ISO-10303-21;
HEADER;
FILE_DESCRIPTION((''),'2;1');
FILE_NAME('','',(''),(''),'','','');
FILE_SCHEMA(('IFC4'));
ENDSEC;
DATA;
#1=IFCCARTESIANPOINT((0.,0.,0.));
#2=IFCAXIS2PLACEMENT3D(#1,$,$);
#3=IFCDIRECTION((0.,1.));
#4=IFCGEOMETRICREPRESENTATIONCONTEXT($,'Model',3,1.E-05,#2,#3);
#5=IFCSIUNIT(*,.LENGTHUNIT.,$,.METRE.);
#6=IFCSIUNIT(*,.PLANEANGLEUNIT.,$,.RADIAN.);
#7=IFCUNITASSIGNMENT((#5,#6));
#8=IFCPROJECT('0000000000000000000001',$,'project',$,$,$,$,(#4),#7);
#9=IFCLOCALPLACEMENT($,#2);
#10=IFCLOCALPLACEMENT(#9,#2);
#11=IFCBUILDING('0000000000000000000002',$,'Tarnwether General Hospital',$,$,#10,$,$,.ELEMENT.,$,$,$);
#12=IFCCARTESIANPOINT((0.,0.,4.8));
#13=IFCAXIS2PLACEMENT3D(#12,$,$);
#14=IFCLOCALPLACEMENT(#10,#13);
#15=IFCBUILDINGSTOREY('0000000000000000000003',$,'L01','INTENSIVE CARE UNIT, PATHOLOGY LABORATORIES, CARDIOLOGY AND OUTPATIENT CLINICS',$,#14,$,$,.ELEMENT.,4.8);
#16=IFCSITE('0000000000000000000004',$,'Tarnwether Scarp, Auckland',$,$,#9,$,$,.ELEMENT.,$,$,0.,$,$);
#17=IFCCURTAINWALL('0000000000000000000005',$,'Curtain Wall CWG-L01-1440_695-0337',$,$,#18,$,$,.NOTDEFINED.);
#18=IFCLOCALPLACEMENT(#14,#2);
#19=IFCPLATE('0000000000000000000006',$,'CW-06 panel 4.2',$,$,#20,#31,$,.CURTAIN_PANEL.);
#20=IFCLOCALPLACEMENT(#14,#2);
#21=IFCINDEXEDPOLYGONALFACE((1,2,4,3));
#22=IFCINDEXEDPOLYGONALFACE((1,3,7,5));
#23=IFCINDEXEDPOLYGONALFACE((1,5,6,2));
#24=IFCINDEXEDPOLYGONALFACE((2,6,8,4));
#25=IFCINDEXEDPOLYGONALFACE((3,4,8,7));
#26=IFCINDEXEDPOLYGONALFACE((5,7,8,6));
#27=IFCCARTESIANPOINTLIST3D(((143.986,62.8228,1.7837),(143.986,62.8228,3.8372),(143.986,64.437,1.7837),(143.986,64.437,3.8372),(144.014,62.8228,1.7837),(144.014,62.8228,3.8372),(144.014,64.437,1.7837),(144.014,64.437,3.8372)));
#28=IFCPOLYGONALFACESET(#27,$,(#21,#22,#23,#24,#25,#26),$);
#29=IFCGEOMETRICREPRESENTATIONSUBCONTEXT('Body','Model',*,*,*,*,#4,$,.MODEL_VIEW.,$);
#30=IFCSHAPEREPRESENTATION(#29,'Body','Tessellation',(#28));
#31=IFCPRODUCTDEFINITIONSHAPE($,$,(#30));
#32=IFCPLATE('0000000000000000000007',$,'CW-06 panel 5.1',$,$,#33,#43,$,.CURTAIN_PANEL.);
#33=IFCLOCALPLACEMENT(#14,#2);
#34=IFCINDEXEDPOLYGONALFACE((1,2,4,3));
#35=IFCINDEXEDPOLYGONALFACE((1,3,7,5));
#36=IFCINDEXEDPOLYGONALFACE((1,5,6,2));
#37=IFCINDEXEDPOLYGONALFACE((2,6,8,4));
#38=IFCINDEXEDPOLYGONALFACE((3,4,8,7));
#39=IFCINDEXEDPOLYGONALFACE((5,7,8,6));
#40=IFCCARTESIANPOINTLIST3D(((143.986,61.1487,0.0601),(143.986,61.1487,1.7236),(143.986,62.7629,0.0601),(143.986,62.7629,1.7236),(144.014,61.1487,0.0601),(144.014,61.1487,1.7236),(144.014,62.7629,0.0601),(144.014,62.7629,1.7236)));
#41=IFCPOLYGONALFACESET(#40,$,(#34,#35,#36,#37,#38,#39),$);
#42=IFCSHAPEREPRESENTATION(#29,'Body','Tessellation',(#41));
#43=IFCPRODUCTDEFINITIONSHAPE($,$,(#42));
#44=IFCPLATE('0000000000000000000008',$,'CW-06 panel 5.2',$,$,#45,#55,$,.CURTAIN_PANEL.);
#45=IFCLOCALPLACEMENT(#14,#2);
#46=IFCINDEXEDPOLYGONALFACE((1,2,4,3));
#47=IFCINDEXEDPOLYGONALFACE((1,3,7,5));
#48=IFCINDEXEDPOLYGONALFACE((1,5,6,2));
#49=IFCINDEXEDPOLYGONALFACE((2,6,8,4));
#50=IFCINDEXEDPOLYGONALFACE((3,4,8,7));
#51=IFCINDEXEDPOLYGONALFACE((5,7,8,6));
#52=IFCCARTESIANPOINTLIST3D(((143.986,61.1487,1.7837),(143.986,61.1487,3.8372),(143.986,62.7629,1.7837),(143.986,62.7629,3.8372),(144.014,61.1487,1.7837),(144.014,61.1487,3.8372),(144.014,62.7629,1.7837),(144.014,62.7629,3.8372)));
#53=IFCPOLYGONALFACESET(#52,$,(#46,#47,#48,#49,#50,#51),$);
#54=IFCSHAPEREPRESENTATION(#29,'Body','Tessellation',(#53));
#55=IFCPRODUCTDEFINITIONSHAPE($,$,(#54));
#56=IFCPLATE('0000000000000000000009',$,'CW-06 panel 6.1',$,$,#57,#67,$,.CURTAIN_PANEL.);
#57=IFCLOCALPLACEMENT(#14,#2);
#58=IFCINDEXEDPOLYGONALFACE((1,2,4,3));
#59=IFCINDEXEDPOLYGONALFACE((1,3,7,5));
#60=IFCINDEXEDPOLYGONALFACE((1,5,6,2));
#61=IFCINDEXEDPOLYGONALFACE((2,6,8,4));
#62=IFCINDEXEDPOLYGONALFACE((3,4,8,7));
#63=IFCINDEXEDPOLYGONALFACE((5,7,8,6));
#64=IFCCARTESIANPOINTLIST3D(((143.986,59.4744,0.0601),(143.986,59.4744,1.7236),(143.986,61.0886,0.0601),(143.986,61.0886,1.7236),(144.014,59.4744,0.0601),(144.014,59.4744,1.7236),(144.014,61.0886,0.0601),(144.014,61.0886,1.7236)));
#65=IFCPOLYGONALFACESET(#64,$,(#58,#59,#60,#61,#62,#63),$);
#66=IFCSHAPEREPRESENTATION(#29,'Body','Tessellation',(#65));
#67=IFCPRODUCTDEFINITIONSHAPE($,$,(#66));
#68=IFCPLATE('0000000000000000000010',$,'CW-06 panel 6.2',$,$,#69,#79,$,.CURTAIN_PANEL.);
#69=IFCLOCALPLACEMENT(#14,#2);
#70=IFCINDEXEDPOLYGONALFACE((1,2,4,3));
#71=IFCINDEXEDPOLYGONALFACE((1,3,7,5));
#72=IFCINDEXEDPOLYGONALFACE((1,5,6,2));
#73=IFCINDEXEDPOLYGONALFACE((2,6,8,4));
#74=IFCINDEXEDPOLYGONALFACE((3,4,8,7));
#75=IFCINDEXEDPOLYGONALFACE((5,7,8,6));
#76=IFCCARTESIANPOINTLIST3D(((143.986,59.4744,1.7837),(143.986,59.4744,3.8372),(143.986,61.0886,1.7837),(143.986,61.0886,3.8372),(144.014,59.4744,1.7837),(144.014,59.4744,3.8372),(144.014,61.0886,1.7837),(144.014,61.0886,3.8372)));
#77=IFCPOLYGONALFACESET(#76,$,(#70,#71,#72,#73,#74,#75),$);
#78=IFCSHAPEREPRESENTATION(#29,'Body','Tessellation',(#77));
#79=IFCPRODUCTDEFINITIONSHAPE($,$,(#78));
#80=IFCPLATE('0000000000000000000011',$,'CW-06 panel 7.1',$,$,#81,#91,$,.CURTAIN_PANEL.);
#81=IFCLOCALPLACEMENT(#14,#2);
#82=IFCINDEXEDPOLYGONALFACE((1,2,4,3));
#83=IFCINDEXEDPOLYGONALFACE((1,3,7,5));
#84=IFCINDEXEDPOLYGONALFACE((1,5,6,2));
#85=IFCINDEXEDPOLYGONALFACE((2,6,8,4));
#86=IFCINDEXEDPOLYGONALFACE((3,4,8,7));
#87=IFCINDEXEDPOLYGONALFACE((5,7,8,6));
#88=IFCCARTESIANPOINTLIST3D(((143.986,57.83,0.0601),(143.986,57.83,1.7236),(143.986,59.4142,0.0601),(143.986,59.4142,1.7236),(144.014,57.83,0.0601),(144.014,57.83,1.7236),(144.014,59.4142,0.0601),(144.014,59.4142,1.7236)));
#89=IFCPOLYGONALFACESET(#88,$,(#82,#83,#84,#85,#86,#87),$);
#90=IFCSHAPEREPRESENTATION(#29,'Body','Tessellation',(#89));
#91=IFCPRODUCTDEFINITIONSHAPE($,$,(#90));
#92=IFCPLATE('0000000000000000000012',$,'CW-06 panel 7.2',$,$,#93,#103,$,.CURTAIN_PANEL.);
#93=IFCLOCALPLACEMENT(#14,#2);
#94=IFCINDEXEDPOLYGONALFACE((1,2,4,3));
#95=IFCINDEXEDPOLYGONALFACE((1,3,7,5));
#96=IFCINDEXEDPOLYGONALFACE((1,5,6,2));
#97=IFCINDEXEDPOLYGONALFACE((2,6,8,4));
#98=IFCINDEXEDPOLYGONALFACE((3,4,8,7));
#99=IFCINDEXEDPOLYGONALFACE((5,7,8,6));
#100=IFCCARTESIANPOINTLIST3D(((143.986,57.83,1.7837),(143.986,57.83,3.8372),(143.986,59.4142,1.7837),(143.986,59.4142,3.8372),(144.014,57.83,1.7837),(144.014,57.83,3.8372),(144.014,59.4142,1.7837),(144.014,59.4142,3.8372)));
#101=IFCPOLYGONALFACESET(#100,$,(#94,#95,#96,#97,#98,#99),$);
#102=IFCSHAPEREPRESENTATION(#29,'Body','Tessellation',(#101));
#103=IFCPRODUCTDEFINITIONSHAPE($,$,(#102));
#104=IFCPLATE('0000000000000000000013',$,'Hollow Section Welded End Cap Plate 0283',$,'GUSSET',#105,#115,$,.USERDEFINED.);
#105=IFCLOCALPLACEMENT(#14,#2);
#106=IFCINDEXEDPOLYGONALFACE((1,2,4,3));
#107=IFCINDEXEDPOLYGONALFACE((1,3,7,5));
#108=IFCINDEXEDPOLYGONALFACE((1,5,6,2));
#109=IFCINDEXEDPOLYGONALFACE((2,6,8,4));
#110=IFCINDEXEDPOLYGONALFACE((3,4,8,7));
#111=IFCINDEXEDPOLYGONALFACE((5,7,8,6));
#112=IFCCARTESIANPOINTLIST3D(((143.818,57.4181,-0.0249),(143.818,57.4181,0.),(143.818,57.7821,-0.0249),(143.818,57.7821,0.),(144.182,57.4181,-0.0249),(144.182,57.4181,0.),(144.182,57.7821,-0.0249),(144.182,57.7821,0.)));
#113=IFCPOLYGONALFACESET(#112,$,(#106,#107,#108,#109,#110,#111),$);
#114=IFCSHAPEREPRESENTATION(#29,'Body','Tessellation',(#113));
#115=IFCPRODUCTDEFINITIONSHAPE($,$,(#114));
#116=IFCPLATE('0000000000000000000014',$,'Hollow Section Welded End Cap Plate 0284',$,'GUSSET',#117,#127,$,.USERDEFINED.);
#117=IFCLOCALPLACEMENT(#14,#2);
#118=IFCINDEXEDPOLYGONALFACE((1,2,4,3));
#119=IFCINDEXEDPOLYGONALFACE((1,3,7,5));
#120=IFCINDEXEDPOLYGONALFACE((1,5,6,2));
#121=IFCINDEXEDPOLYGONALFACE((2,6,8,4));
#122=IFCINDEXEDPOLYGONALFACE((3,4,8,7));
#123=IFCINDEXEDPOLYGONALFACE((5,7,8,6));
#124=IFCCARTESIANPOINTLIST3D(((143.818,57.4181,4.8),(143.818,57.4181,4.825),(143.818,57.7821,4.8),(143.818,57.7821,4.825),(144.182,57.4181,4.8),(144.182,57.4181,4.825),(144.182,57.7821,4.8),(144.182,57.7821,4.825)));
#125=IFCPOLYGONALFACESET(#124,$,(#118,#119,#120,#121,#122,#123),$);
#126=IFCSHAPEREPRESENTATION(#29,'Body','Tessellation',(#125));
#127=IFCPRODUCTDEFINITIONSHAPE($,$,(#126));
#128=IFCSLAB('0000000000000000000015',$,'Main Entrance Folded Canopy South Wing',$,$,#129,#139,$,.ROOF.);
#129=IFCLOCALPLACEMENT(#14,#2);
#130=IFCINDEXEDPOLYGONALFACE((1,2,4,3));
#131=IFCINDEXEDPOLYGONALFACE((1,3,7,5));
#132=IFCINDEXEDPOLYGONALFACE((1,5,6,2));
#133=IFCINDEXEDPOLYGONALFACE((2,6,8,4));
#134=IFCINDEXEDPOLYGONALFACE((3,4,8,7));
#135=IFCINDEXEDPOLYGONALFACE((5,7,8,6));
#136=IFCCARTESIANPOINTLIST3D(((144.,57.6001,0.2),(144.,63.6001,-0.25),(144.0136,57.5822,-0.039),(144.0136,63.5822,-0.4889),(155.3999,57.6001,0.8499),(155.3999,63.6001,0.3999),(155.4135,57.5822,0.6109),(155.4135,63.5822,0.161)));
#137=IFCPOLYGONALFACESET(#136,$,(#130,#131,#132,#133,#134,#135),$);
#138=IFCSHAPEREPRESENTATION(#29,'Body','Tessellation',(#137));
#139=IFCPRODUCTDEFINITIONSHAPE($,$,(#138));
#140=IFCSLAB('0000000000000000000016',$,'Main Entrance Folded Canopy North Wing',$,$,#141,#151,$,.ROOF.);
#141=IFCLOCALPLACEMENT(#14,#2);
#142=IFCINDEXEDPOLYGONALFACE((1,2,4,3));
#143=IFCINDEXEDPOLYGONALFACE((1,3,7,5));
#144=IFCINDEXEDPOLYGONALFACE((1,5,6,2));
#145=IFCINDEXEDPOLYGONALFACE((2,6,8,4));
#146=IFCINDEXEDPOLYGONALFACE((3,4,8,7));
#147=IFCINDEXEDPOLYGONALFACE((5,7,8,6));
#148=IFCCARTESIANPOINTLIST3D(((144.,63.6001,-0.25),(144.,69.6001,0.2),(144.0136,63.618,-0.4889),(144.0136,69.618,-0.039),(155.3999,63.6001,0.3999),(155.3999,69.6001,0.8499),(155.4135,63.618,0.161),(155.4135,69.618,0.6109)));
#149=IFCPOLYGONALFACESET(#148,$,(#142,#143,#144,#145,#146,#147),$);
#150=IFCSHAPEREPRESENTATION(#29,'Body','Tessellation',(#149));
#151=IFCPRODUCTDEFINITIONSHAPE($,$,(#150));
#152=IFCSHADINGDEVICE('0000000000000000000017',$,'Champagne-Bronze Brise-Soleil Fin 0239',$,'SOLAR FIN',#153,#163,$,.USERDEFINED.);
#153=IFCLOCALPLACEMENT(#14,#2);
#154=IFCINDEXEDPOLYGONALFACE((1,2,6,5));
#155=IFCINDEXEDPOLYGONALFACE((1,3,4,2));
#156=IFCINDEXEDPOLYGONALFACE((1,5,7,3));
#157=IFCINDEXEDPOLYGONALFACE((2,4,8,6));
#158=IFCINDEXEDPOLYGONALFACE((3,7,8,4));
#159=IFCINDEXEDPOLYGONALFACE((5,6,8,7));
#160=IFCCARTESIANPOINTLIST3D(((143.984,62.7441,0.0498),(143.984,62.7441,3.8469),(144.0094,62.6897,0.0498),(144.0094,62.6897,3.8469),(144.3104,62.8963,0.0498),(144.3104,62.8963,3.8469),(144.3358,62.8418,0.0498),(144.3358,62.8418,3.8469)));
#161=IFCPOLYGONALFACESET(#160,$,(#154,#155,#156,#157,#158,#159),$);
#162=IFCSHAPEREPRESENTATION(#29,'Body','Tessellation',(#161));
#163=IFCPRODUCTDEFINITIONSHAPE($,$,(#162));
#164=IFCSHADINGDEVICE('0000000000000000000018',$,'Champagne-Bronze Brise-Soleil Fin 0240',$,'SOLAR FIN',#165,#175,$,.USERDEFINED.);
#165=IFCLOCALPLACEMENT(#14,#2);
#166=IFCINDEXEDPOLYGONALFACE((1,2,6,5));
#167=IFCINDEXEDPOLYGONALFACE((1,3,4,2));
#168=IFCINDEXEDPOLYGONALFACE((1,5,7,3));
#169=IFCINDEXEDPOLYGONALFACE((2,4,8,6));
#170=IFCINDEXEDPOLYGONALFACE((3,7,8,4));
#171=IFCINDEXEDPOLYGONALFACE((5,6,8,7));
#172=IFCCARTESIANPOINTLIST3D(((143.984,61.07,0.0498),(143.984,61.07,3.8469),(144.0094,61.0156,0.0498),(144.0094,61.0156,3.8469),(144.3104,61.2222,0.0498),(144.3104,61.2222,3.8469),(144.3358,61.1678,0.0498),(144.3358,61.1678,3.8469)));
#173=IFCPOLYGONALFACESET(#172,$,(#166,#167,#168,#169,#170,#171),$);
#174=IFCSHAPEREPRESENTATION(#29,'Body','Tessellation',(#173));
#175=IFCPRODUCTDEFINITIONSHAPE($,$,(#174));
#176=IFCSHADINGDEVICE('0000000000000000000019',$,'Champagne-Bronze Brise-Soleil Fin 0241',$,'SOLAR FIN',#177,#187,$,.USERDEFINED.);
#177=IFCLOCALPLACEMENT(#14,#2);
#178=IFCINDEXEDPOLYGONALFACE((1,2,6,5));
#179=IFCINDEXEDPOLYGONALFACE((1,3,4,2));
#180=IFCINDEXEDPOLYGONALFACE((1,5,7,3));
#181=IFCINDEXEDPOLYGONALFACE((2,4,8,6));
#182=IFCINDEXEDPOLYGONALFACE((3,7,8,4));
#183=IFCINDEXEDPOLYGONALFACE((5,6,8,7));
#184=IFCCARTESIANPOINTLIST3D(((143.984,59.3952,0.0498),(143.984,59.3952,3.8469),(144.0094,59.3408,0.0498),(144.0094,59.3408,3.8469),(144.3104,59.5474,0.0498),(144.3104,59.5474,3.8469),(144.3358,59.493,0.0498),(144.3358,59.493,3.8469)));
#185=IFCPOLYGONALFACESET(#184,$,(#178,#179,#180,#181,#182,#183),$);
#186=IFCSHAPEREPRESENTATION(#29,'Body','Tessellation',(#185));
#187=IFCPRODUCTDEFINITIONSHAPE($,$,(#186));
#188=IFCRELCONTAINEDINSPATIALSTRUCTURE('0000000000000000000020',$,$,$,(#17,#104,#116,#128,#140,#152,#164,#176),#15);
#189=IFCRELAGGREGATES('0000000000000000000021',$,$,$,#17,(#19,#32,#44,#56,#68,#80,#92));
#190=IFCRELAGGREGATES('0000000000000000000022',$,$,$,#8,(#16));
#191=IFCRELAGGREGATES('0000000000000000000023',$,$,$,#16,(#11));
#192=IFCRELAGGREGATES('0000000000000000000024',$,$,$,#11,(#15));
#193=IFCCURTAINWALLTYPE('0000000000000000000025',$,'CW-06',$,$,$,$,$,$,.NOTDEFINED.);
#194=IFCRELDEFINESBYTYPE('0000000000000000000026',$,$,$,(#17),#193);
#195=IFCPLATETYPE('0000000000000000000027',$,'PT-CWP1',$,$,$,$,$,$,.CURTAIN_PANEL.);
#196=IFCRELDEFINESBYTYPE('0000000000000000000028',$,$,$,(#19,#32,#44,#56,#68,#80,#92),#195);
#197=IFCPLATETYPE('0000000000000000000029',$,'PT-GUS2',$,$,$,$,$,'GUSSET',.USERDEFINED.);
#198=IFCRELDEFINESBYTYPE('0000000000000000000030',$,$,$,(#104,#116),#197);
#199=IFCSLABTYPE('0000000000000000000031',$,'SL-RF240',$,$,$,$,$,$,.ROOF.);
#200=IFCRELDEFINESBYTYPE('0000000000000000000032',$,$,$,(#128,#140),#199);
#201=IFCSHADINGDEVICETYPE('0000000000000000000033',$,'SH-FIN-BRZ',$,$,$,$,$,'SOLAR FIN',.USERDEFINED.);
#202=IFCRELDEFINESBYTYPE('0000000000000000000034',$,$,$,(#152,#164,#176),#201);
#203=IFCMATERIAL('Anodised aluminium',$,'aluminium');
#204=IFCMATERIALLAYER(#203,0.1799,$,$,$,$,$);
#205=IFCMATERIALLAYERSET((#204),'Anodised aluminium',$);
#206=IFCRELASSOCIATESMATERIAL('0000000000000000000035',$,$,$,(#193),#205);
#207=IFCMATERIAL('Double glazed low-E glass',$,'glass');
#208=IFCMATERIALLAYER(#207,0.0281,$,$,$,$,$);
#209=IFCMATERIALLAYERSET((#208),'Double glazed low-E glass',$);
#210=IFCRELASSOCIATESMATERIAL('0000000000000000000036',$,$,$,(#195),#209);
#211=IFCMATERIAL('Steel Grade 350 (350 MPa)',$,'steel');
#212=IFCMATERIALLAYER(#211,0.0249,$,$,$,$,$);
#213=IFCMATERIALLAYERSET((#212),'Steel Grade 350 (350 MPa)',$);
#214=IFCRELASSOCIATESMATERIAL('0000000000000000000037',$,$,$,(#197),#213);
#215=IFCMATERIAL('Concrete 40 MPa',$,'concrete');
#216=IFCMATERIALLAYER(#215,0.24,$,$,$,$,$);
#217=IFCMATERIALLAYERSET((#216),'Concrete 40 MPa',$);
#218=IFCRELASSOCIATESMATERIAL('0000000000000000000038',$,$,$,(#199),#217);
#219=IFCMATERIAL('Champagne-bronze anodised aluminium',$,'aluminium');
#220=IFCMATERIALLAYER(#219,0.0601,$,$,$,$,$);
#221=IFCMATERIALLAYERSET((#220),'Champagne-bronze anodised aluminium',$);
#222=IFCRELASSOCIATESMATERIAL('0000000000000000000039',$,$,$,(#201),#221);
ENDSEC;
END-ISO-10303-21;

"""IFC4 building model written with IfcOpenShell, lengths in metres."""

from ifc_helpers import new_model, si_unit, direction, frame, origin, origin_2d, place, context, subcontext, project, spatial, polyline, rectangle, outline, extrude, material, layer, layer_set, type_object, element, aggregate, save


model = new_model("IFC4")

# Units and contexts
model_context = context("Model", 3, precision=1e-05, world=origin(), true_north=direction((0.0, 1.0)))
body_context = subcontext(model_context, "Body", "Model", "MODEL_VIEW")
ifc_project = project(units=[si_unit("LENGTHUNIT", "METRE"), si_unit("PLANEANGLEUNIT", "RADIAN")], contexts=[model_context])

# Site, building, storey
site_placement = place(None, origin())
site = spatial("IfcSite", under=ifc_project, at=site_placement, Name="Tarnwether Scarp, Auckland", CompositionType="ELEMENT", RefElevation=0.0)
building_placement = place(site_placement, origin())
building = spatial("IfcBuilding", under=site, at=building_placement, Name="Tarnwether General Hospital", CompositionType="ELEMENT")
storey_placement = place(building_placement, frame((0.0, 0.0, 4.8)))
storey = spatial("IfcBuildingStorey", under=building, at=storey_placement, Name="L01", Description="INTENSIVE CARE UNIT, PATHOLOGY LABORATORIES, CARDIOLOGY AND OUTPATIENT CLINICS", CompositionType="ELEMENT", Elevation=4.8)

# Curtain wall
ifc_material_1 = material(Name="Anodised aluminium", Category="aluminium")
ifc_layer_1 = layer(ifc_material_1, 0.1799)
ifc_layer_set_1 = layer_set([ifc_layer_1], Name="Anodised aluminium")
curtain_wall_type = type_object("IfcCurtainWallType", Name="CW-06", PredefinedType="NOTDEFINED", material=ifc_layer_set_1)
curtain_wall_1_placement = place(storey_placement, origin())
curtain_wall_1 = element("IfcCurtainWall", 1, at=curtain_wall_1_placement, inside=storey, type_object=curtain_wall_type, Name="Curtain Wall CWG-L01-1440_695-0337", PredefinedType="NOTDEFINED")

# Plates
ifc_material_2 = material(Name="Double glazed low-E glass", Category="glass")
ifc_layer_2 = layer(ifc_material_2, 0.0281)
ifc_layer_set_2 = layer_set([ifc_layer_2], Name="Double glazed low-E glass")
plate_type_1 = type_object("IfcPlateType", Name="PT-CWP1", PredefinedType="CURTAIN_PANEL", material=ifc_layer_set_2)
plate_1_placement = place(storey_placement, frame((144.0, 63.6299, 1.7837), z_axis=(0.0, 0.0, 1.0), x_axis=(0.0, -1.0, 0.0)))
plate_1 = element("IfcPlate", 2, at=plate_1_placement, type_object=plate_type_1, Name="CW-06 panel 4.2", PredefinedType="CURTAIN_PANEL", context=body_context, shape_type="SweptSolid", body=[
    extrude(rectangle(XDim=1.6143, YDim=0.0281, at=origin_2d()), origin(), (0.0, 0.0, 1.0), 2.0535),
])
plate_2_placement = place(storey_placement, frame((144.0, 61.9558, 0.0601), z_axis=(0.0, 0.0, 1.0), x_axis=(0.0, -1.0, 0.0)))
plate_2 = element("IfcPlate", 3, at=plate_2_placement, type_object=plate_type_1, Name="CW-06 panel 5.1", PredefinedType="CURTAIN_PANEL", context=body_context, shape_type="SweptSolid", body=[
    extrude(rectangle(XDim=1.6143, YDim=0.0281, at=origin_2d()), origin(), (0.0, 0.0, 1.0), 1.6636),
])
plate_3_placement = place(storey_placement, frame((144.0, 61.9558, 1.7837), z_axis=(0.0, 0.0, 1.0), x_axis=(0.0, -1.0, 0.0)))
plate_3 = element("IfcPlate", 4, at=plate_3_placement, type_object=plate_type_1, Name="CW-06 panel 5.2", PredefinedType="CURTAIN_PANEL", context=body_context, shape_type="SweptSolid", body=[
    extrude(rectangle(XDim=1.6143, YDim=0.0281, at=origin_2d()), origin(), (0.0, 0.0, 1.0), 2.0535),
])
plate_4_placement = place(storey_placement, frame((144.0, 60.2815, 0.0601), z_axis=(0.0, 0.0, 1.0), x_axis=(0.0, -1.0, 0.0)))
plate_4 = element("IfcPlate", 5, at=plate_4_placement, type_object=plate_type_1, Name="CW-06 panel 6.1", PredefinedType="CURTAIN_PANEL", context=body_context, shape_type="SweptSolid", body=[
    extrude(rectangle(XDim=1.6143, YDim=0.0281, at=origin_2d()), origin(), (0.0, 0.0, 1.0), 1.6636),
])
plate_5_placement = place(storey_placement, frame((144.0, 60.2815, 1.7837), z_axis=(0.0, 0.0, 1.0), x_axis=(0.0, -1.0, 0.0)))
plate_5 = element("IfcPlate", 6, at=plate_5_placement, type_object=plate_type_1, Name="CW-06 panel 6.2", PredefinedType="CURTAIN_PANEL", context=body_context, shape_type="SweptSolid", body=[
    extrude(rectangle(XDim=1.6143, YDim=0.0281, at=origin_2d()), origin(), (0.0, 0.0, 1.0), 2.0535),
])
plate_6_placement = place(storey_placement, frame((144.0, 58.6221, 0.0601), z_axis=(0.0, 0.0, 1.0), x_axis=(0.0, -1.0, 0.0)))
plate_6 = element("IfcPlate", 7, at=plate_6_placement, type_object=plate_type_1, Name="CW-06 panel 7.1", PredefinedType="CURTAIN_PANEL", context=body_context, shape_type="SweptSolid", body=[
    extrude(rectangle(XDim=1.5842, YDim=0.0281, at=origin_2d()), origin(), (0.0, 0.0, 1.0), 1.6636),
])
plate_7_placement = place(storey_placement, frame((144.0, 58.6221, 1.7837), z_axis=(0.0, 0.0, 1.0), x_axis=(0.0, -1.0, 0.0)))
plate_7 = element("IfcPlate", 8, at=plate_7_placement, type_object=plate_type_1, Name="CW-06 panel 7.2", PredefinedType="CURTAIN_PANEL", context=body_context, shape_type="SweptSolid", body=[
    extrude(rectangle(XDim=1.5842, YDim=0.0281, at=origin_2d()), origin(), (0.0, 0.0, 1.0), 2.0535),
])
aggregate(curtain_wall_1, [plate_1, plate_2, plate_3, plate_4, plate_5, plate_6, plate_7])

# Plates
ifc_material_3 = material(Name="Steel Grade 350 (350 MPa)", Category="steel")
ifc_layer_3 = layer(ifc_material_3, 0.0249)
ifc_layer_set_3 = layer_set([ifc_layer_3], Name="Steel Grade 350 (350 MPa)")
plate_type_2 = type_object("IfcPlateType", Name="PT-GUS2", ElementType="GUSSET", PredefinedType="USERDEFINED", material=ifc_layer_set_3)
for number, where, z_axis, x_axis, name in (
    (9, (144.0, 57.6001, -0.0249), (0.0, 0.0, 1.0), (1.0, 0.0, 0.0), "Hollow Section Welded End Cap Plate 0283"),
    (10, (144.0, 57.6001, 4.8), (0.0, 0.0, 1.0), (1.0, 0.0, 0.0), "Hollow Section Welded End Cap Plate 0284"),
):
    element("IfcPlate", number, at=place(storey_placement, frame(where, z_axis=z_axis, x_axis=x_axis)), inside=storey, type_object=plate_type_2, Name=name, ObjectType="GUSSET", PredefinedType="USERDEFINED", context=body_context, shape_type="SweptSolid", body=[
        extrude(rectangle(XDim=0.364, YDim=0.364, at=origin_2d()), origin(), (0.0, 0.0, 1.0), 0.0249),
    ])

# Slabs
ifc_material_4 = material(Name="Concrete 40 MPa", Category="concrete")
ifc_layer_4 = layer(ifc_material_4, 0.24)
ifc_layer_set_4 = layer_set([ifc_layer_4], Name="Concrete 40 MPa")
slab_type = type_object("IfcSlabType", Name="SL-RF240", PredefinedType="ROOF", material=ifc_layer_set_4)
slab_1_placement = place(storey_placement, frame((144.0, 57.6001, 0.2), z_axis=(-0.056758, 0.074661, 0.995592), x_axis=(0.998379, 0.0, 0.056917)))
element("IfcSlab", 11, at=slab_1_placement, inside=storey, type_object=slab_type, Name="Main Entrance Folded Canopy South Wing", PredefinedType="ROOF", context=body_context, shape_type="SweptSolid", body=[
    extrude(outline(polyline([(0.0, 0.0), (11.4184, 0.0), (11.3928, 6.0168), (-0.0256, 6.0168), (0.0, 0.0)])), origin(), (0.0, 0.0, -1.0), 0.24),
])
slab_2_placement = place(storey_placement, frame((144.0, 63.6001, -0.25), z_axis=(-0.056758, -0.074661, 0.995592), x_axis=(0.998379, 0.0, 0.056917)))
element("IfcSlab", 12, at=slab_2_placement, inside=storey, type_object=slab_type, Name="Main Entrance Folded Canopy North Wing", PredefinedType="ROOF", context=body_context, shape_type="SweptSolid", body=[
    extrude(outline(polyline([(0.0, 0.0), (11.4184, 0.0), (11.444, 6.0168), (0.0256, 6.0168), (0.0, 0.0)])), origin(), (0.0, 0.0, -1.0), 0.24),
])

# Shading devices
ifc_material_5 = material(Name="Champagne-bronze anodised aluminium", Category="aluminium")
ifc_layer_5 = layer(ifc_material_5, 0.0601)
ifc_layer_set_5 = layer_set([ifc_layer_5], Name="Champagne-bronze anodised aluminium")
shading_device_type = type_object("IfcShadingDeviceType", Name="SH-FIN-BRZ", ElementType="SOLAR FIN", PredefinedType="USERDEFINED", material=ifc_layer_set_5)
for number, where, z_axis, x_axis, name in (
    (13, (144.1599, 62.793, 0.0498), (0.0, 0.0, 1.0), (0.422618, -0.906308, 0.0), "Champagne-Bronze Brise-Soleil Fin 0239"),
    (14, (144.1599, 61.1189, 0.0498), (0.0, 0.0, 1.0), (0.422618, -0.906308, 0.0), "Champagne-Bronze Brise-Soleil Fin 0240"),
    (15, (144.1599, 59.4441, 0.0498), (0.0, 0.0, 1.0), (0.422618, -0.906308, 0.0), "Champagne-Bronze Brise-Soleil Fin 0241"),
):
    element("IfcShadingDevice", number, at=place(storey_placement, frame(where, z_axis=z_axis, x_axis=x_axis)), inside=storey, type_object=shading_device_type, Name=name, ObjectType="SOLAR FIN", PredefinedType="USERDEFINED", context=body_context, shape_type="SweptSolid", body=[
        extrude(rectangle(XDim=0.0601, YDim=0.3601, at=origin_2d()), origin(), (0.0, 0.0, 1.0), 3.7971),
    ])

save(model, "model.ifc")
